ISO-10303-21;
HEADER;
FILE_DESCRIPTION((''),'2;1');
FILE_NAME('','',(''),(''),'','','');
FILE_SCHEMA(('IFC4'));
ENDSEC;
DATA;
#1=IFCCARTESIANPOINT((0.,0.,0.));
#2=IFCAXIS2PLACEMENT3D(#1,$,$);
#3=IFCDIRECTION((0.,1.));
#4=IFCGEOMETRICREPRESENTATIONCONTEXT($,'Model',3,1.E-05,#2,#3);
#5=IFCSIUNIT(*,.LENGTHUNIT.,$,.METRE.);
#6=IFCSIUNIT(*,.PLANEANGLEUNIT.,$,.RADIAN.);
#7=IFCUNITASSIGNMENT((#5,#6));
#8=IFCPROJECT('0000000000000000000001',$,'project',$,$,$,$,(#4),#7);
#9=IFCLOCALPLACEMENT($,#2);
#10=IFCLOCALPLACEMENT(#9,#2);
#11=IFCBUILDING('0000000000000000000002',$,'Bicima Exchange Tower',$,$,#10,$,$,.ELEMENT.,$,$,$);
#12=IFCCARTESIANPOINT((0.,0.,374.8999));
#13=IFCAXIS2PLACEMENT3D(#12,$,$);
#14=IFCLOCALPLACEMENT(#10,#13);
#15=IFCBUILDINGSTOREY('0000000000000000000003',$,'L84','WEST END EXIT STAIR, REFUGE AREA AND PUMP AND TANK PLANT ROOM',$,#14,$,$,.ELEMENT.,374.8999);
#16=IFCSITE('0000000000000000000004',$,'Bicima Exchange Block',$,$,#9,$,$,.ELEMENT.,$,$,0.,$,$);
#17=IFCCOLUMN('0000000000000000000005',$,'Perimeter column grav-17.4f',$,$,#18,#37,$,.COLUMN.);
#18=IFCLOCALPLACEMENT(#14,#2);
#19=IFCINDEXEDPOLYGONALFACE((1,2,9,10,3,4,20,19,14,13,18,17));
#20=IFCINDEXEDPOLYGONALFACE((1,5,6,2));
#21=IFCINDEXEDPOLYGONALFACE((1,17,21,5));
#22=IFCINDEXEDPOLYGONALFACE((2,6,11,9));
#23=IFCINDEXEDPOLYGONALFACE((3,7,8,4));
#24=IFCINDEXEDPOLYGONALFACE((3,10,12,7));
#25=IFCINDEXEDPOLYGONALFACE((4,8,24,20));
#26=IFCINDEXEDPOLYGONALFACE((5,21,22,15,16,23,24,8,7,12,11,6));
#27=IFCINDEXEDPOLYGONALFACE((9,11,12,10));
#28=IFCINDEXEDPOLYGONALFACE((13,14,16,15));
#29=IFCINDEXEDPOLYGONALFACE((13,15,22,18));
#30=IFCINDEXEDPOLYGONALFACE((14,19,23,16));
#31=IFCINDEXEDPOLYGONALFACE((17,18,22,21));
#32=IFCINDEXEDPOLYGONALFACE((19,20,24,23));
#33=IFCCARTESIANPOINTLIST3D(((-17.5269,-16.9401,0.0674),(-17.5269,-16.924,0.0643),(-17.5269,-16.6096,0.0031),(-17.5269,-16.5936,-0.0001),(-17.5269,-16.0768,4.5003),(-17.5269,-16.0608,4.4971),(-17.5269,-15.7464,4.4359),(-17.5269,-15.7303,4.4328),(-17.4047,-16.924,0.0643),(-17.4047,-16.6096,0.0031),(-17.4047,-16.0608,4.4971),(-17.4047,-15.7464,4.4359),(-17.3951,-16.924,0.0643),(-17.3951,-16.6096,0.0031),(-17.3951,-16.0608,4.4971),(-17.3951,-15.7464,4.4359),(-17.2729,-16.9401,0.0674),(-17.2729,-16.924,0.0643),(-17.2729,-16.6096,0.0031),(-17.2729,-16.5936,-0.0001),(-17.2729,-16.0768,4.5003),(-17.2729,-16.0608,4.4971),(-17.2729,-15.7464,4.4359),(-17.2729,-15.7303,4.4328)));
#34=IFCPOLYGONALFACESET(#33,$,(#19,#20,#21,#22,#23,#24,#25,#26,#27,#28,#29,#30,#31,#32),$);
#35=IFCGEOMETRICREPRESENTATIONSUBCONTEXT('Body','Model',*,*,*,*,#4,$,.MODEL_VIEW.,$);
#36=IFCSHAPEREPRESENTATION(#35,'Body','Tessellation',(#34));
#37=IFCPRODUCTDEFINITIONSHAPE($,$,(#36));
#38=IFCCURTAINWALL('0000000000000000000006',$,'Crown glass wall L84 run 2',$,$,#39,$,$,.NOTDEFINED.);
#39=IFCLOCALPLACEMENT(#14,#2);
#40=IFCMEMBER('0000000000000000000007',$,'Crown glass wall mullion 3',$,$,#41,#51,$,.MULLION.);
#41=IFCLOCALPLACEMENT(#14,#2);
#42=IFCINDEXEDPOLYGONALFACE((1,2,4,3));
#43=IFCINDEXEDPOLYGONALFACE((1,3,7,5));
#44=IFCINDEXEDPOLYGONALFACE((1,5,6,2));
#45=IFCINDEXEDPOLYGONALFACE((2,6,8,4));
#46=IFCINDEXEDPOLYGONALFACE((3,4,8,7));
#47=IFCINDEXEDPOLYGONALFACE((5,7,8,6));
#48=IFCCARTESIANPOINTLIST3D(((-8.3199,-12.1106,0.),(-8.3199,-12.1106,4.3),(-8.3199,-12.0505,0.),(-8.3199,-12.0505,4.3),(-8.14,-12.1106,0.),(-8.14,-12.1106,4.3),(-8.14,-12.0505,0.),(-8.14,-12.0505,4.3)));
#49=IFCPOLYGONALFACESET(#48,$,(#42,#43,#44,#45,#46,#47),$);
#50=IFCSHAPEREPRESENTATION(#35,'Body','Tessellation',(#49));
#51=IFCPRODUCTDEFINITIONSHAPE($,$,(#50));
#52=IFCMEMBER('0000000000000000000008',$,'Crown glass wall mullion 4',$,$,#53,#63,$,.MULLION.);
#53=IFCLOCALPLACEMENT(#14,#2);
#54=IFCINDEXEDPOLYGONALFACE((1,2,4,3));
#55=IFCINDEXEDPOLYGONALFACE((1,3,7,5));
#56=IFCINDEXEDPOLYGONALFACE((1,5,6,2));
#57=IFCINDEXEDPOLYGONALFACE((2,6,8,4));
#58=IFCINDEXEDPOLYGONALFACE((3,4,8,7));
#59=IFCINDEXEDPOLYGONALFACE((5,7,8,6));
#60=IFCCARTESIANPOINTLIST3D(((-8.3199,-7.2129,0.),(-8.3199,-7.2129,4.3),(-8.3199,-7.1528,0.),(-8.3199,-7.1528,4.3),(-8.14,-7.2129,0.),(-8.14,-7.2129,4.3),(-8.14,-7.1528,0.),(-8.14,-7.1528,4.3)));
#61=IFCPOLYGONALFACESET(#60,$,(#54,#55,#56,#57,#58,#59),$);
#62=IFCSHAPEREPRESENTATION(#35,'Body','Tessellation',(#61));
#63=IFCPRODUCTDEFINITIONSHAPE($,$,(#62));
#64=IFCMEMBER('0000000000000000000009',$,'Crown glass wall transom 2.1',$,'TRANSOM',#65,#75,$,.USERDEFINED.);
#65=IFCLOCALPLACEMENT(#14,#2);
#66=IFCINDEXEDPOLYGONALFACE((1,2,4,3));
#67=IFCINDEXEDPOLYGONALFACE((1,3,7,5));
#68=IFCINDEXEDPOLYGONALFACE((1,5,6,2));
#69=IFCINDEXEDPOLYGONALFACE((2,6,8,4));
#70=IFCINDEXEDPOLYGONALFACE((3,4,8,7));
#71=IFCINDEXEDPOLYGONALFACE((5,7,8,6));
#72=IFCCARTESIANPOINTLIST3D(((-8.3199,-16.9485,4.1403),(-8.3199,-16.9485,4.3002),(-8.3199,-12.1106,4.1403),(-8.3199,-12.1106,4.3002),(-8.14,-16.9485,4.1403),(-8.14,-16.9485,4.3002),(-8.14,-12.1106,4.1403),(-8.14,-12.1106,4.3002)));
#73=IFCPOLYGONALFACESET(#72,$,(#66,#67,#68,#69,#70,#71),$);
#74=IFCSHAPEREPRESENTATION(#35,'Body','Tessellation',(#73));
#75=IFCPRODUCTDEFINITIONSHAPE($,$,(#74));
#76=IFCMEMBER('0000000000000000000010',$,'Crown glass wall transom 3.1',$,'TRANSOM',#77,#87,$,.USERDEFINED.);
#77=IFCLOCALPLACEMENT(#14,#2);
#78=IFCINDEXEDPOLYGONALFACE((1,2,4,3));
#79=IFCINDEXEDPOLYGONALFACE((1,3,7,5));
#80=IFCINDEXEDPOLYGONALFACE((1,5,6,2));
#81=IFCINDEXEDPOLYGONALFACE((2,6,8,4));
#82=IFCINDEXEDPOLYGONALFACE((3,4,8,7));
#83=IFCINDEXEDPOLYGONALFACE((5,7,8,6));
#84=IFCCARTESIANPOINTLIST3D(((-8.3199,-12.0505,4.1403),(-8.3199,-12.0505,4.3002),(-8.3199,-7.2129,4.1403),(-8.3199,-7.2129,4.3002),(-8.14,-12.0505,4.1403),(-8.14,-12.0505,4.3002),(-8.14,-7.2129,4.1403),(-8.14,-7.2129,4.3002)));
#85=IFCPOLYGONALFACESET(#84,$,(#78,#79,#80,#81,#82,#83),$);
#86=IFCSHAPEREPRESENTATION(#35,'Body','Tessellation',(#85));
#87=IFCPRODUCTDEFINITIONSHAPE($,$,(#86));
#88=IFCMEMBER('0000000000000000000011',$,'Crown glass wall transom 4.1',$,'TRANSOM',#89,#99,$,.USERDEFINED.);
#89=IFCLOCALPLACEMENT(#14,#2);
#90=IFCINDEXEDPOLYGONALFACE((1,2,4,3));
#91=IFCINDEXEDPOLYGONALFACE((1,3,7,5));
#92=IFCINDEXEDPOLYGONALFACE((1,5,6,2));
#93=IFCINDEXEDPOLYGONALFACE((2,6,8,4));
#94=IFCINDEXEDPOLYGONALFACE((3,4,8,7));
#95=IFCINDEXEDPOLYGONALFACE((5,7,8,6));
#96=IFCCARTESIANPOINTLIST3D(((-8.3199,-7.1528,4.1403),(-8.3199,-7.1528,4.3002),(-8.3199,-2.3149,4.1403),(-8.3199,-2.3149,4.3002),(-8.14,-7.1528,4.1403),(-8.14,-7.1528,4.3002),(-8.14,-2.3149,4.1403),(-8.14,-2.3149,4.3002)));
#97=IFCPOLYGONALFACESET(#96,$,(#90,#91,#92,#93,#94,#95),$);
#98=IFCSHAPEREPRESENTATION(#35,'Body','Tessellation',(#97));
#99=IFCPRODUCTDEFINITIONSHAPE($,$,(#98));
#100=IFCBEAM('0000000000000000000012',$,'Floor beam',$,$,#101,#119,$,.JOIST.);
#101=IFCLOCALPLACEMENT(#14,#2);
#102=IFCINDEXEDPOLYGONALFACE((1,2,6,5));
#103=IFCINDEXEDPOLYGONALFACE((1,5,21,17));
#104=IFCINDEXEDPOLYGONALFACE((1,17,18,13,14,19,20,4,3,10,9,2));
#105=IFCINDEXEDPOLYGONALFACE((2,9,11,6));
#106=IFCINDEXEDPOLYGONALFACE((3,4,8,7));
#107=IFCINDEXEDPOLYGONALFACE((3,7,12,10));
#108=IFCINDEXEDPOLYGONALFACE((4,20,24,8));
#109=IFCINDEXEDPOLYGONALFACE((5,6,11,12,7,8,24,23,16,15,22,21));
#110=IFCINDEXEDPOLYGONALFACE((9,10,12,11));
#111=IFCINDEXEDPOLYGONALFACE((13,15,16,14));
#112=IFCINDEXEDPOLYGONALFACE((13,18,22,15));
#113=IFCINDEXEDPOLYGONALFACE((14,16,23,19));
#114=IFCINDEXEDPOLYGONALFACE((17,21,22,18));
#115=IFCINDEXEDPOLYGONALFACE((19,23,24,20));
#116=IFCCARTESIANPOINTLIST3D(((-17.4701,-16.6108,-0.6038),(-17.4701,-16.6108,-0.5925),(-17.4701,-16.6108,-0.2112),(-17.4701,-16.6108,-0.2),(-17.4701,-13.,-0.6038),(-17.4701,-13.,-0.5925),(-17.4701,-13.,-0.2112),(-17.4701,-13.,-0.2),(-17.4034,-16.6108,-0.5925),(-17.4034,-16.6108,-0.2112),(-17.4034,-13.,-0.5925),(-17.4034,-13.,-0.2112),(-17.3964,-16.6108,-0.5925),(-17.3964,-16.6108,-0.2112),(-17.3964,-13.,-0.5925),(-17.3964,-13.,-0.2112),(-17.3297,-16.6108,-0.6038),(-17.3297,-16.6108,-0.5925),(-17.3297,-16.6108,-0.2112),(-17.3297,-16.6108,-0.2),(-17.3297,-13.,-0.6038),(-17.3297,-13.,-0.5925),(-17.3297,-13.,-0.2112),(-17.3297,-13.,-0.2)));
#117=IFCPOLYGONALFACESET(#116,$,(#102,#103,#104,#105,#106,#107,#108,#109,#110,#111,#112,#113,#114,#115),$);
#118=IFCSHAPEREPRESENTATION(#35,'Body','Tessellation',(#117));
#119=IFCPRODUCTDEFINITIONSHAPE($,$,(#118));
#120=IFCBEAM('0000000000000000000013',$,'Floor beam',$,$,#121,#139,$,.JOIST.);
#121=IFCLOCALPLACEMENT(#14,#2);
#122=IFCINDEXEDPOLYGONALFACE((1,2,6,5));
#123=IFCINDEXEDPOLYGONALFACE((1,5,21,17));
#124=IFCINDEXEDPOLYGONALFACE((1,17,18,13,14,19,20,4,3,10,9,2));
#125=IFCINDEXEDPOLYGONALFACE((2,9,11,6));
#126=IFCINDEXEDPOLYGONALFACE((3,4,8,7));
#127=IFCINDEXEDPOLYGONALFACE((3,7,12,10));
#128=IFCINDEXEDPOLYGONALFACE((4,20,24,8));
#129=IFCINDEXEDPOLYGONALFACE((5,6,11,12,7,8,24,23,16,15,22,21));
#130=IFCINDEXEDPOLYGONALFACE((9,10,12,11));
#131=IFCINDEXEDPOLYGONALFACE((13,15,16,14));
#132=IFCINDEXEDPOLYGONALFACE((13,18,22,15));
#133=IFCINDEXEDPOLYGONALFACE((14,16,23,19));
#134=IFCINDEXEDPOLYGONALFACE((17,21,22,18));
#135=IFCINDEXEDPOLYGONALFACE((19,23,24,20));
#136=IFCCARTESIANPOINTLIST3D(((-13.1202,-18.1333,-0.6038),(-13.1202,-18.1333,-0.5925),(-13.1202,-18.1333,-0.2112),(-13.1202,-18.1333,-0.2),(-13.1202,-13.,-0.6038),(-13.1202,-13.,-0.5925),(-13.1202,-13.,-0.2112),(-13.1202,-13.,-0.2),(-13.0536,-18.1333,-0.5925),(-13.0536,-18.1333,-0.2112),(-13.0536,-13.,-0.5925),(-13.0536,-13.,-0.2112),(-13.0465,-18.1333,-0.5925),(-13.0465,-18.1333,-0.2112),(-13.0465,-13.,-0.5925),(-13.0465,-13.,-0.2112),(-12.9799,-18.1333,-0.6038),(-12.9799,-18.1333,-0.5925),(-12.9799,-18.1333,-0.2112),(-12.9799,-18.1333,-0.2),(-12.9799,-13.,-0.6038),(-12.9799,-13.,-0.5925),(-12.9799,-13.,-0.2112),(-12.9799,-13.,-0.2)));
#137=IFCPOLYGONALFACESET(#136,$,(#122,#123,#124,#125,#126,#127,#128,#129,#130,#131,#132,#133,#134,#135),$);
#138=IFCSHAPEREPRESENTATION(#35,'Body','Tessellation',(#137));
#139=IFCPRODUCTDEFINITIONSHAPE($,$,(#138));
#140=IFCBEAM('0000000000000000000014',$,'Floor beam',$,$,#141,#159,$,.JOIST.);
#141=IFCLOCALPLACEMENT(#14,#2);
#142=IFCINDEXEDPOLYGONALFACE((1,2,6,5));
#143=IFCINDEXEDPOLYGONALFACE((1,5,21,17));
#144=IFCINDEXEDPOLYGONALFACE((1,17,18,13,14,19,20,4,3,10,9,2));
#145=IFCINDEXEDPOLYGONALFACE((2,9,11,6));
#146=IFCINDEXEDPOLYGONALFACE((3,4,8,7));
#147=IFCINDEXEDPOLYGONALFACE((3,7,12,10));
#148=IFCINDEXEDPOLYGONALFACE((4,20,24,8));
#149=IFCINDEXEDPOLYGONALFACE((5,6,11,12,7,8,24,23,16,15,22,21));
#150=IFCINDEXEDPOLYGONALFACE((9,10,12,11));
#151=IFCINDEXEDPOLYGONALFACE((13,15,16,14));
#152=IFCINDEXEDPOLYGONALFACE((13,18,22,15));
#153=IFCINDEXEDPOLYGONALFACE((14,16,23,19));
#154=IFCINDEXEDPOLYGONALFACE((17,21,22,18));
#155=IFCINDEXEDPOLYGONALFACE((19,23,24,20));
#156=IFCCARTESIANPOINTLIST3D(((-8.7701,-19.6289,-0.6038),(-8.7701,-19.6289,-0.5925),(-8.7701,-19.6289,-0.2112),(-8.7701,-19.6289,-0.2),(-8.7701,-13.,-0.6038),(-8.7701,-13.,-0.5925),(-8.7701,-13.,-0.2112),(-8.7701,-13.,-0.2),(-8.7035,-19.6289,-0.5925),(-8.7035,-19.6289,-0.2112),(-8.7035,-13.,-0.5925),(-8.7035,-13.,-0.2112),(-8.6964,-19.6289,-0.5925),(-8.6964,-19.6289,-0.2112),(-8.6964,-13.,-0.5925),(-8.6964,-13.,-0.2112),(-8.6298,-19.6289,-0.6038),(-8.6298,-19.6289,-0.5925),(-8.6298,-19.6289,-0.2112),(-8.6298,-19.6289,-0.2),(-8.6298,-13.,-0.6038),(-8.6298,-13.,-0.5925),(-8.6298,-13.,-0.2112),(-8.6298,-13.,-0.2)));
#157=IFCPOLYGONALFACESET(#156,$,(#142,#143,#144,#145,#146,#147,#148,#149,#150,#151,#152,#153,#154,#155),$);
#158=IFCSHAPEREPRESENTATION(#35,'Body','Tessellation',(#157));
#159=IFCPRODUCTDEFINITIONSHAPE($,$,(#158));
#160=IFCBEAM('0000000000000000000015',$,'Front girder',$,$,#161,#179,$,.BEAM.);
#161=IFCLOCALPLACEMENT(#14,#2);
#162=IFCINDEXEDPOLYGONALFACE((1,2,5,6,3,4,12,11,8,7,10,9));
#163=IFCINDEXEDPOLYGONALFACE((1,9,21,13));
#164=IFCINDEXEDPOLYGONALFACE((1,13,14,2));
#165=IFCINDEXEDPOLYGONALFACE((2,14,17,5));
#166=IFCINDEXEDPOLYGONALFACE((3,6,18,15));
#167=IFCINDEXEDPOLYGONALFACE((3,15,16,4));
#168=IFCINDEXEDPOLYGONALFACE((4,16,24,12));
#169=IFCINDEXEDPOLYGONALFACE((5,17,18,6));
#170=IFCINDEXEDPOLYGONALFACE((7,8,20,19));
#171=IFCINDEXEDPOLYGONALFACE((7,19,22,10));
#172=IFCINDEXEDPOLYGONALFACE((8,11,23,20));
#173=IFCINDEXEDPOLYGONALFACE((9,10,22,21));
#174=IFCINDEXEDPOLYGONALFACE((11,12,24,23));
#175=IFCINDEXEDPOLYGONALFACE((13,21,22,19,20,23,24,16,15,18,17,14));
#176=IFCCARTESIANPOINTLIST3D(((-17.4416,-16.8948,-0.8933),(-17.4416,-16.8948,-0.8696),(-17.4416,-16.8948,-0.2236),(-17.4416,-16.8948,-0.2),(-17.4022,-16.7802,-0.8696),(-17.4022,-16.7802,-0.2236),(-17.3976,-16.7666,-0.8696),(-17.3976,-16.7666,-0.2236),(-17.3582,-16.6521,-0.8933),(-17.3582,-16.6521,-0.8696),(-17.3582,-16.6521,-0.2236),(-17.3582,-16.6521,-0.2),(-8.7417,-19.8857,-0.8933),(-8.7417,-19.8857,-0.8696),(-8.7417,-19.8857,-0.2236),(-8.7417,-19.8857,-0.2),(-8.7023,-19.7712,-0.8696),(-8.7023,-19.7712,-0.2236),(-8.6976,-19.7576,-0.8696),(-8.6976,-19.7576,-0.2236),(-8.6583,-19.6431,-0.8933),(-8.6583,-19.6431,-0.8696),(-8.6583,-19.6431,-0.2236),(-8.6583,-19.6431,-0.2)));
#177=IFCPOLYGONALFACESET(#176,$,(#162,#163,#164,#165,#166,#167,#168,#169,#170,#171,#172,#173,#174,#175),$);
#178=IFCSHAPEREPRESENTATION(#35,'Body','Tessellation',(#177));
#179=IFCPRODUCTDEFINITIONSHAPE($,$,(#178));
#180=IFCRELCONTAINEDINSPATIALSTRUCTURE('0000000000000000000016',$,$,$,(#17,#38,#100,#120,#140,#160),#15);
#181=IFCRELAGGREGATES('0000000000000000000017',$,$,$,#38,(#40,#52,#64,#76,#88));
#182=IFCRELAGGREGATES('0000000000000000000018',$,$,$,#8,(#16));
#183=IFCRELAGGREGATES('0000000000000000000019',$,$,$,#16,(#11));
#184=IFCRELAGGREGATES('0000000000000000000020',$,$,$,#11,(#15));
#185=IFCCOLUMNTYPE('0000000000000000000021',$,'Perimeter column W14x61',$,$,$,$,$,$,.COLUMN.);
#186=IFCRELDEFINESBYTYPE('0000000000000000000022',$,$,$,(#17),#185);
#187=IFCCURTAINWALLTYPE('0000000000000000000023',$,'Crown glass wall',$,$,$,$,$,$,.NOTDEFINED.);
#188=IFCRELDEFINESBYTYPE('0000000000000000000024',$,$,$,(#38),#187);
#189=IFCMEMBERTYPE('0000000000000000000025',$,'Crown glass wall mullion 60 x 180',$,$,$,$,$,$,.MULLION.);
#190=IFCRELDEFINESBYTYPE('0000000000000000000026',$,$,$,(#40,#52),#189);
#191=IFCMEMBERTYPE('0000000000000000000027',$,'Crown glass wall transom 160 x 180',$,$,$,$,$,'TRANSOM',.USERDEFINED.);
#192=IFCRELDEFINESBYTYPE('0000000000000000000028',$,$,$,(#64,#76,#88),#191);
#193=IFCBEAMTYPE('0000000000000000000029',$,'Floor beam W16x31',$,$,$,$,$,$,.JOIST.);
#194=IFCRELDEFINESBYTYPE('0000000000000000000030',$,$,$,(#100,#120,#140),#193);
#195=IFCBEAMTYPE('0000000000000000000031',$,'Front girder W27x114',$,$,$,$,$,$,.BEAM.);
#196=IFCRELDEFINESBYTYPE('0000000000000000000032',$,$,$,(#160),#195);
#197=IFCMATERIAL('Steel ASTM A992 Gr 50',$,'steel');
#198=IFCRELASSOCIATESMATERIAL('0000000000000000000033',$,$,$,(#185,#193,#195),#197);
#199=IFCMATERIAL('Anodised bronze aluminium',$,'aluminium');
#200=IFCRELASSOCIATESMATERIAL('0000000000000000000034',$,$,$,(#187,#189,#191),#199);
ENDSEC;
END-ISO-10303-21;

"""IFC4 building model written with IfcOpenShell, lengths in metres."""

from ifc_helpers import new_model, si_unit, direction, frame, origin, origin_2d, place, context, subcontext, project, spatial, rectangle, i_section, extrude, material, material_profile, profile_set, type_object, element, aggregate, save


model = new_model("IFC4")

# Units and contexts
model_context = context("Model", 3, precision=1e-05, world=origin(), true_north=direction((0.0, 1.0)))
body_context = subcontext(model_context, "Body", "Model", "MODEL_VIEW")
ifc_project = project(units=[si_unit("LENGTHUNIT", "METRE"), si_unit("PLANEANGLEUNIT", "RADIAN")], contexts=[model_context])

# Site, building, storey
site_placement = place(None, origin())
site = spatial("IfcSite", under=ifc_project, at=site_placement, Name="Bicima Exchange Block", CompositionType="ELEMENT", RefElevation=0.0)
building_placement = place(site_placement, origin())
building = spatial("IfcBuilding", under=site, at=building_placement, Name="Bicima Exchange Tower", CompositionType="ELEMENT")
storey_placement = place(building_placement, frame((0.0, 0.0, 374.8999)))
storey = spatial("IfcBuildingStorey", under=building, at=storey_placement, Name="L84", Description="WEST END EXIT STAIR, REFUGE AREA AND PUMP AND TANK PLANT ROOM", CompositionType="ELEMENT", Elevation=374.8999)

# Column
ifc_material_1 = material(Name="Steel ASTM A992 Gr 50", Category="steel")
ifc_material_profile_1 = material_profile(ifc_material_1, i_section(OverallWidth=0.2539, OverallDepth=0.353, WebThickness=0.0095, FlangeThickness=0.0164, at=origin_2d()))
ifc_profile_set_1 = profile_set([ifc_material_profile_1], Name="Steel ASTM A992 Gr 50")
column_type = type_object("IfcColumnType", Name="Perimeter column W14x61", PredefinedType="COLUMN", material=ifc_profile_set_1)
column_placement = place(storey_placement, frame((-17.3999, -16.7668, 0.0337), z_axis=(0.0, 0.191155, 0.98156), x_axis=(-1.0, 0.0, 0.0)))
element("IfcColumn", 1, at=column_placement, inside=storey, type_object=column_type, Name="Perimeter column grav-17.4f", PredefinedType="COLUMN", context=body_context, shape_type="SweptSolid", body=[
    extrude(i_section(OverallWidth=0.2539, OverallDepth=0.353, WebThickness=0.0095, FlangeThickness=0.0164, at=origin_2d()), origin(), (0.0, 0.0, 1.0), 4.5161),
])

# Curtain wall, members
ifc_material_2 = material(Name="Anodised bronze aluminium", Category="aluminium")
curtain_wall_type = type_object("IfcCurtainWallType", Name="Crown glass wall", PredefinedType="NOTDEFINED", material=ifc_material_2)
curtain_wall_placement = place(storey_placement, origin())
curtain_wall = element("IfcCurtainWall", 2, at=curtain_wall_placement, inside=storey, type_object=curtain_wall_type, Name="Crown glass wall L84 run 2", PredefinedType="NOTDEFINED")
ifc_material_profile_2 = material_profile(ifc_material_2, rectangle(XDim=0.1799, YDim=0.0601, at=origin_2d()))
ifc_profile_set_2 = profile_set([ifc_material_profile_2], Name="Anodised bronze aluminium")
member_type_1 = type_object("IfcMemberType", Name="Crown glass wall mullion 60 x 180", PredefinedType="MULLION", material=ifc_profile_set_2)
member_1_placement = place(storey_placement, frame((-8.23, -12.0806, 0.0), z_axis=(0.0, 0.0, 1.0), x_axis=(-1.0, 0.0, 0.0)))
member_1 = element("IfcMember", 3, at=member_1_placement, type_object=member_type_1, Name="Crown glass wall mullion 3", PredefinedType="MULLION", context=body_context, shape_type="SweptSolid", body=[
    extrude(rectangle(XDim=0.1799, YDim=0.0601, at=origin_2d()), origin(), (0.0, 0.0, 1.0), 4.3),
])
member_2_placement = place(storey_placement, frame((-8.23, -7.1829, 0.0), z_axis=(0.0, 0.0, 1.0), x_axis=(-1.0, 0.0, 0.0)))
member_2 = element("IfcMember", 4, at=member_2_placement, type_object=member_type_1, Name="Crown glass wall mullion 4", PredefinedType="MULLION", context=body_context, shape_type="SweptSolid", body=[
    extrude(rectangle(XDim=0.1799, YDim=0.0601, at=origin_2d()), origin(), (0.0, 0.0, 1.0), 4.3),
])
ifc_material_profile_3 = material_profile(ifc_material_2, rectangle(XDim=0.1799, YDim=0.1599, at=origin_2d()))
ifc_profile_set_3 = profile_set([ifc_material_profile_3], Name="Anodised bronze aluminium")
member_type_2 = type_object("IfcMemberType", Name="Crown glass wall transom 160 x 180", ElementType="TRANSOM", PredefinedType="USERDEFINED", material=ifc_profile_set_3)
member_3_placement = place(storey_placement, frame((-8.23, -16.9485, 4.2202), z_axis=(0.0, 1.0, 0.0), x_axis=(-1.0, 0.0, 0.0)))
member_3 = element("IfcMember", 5, at=member_3_placement, type_object=member_type_2, Name="Crown glass wall transom 2.1", ObjectType="TRANSOM", PredefinedType="USERDEFINED", context=body_context, shape_type="SweptSolid", body=[
    extrude(rectangle(XDim=0.1799, YDim=0.1599, at=origin_2d()), origin(), (0.0, 0.0, 1.0), 4.8379),
])
member_4_placement = place(storey_placement, frame((-8.23, -12.0505, 4.2202), z_axis=(0.0, 1.0, 0.0), x_axis=(-1.0, 0.0, 0.0)))
member_4 = element("IfcMember", 6, at=member_4_placement, type_object=member_type_2, Name="Crown glass wall transom 3.1", ObjectType="TRANSOM", PredefinedType="USERDEFINED", context=body_context, shape_type="SweptSolid", body=[
    extrude(rectangle(XDim=0.1799, YDim=0.1599, at=origin_2d()), origin(), (0.0, 0.0, 1.0), 4.8376),
])
member_5_placement = place(storey_placement, frame((-8.23, -7.1528, 4.2202), z_axis=(0.0, 1.0, 0.0), x_axis=(-1.0, 0.0, 0.0)))
member_5 = element("IfcMember", 7, at=member_5_placement, type_object=member_type_2, Name="Crown glass wall transom 4.1", ObjectType="TRANSOM", PredefinedType="USERDEFINED", context=body_context, shape_type="SweptSolid", body=[
    extrude(rectangle(XDim=0.1799, YDim=0.1599, at=origin_2d()), origin(), (0.0, 0.0, 1.0), 4.8379),
])

# Beams
ifc_material_profile_4 = material_profile(ifc_material_1, i_section(OverallWidth=0.1404, OverallDepth=0.4038, WebThickness=0.0071, FlangeThickness=0.0112, at=origin_2d()))
ifc_profile_set_4 = profile_set([ifc_material_profile_4], Name="Steel ASTM A992 Gr 50")
beam_type_1 = type_object("IfcBeamType", Name="Floor beam W16x31", PredefinedType="JOIST", material=ifc_profile_set_4)
beam_1_placement = place(storey_placement, frame((-17.3999, -13.0, -0.4019), z_axis=(0.0, -1.0, 0.0), x_axis=(1.0, 0.0, 0.0)))
element("IfcBeam", 8, at=beam_1_placement, inside=storey, type_object=beam_type_1, Name="Floor beam", PredefinedType="JOIST", context=body_context, shape_type="SweptSolid", body=[
    extrude(i_section(OverallWidth=0.1404, OverallDepth=0.4038, WebThickness=0.0071, FlangeThickness=0.0112, at=origin_2d()), origin(), (0.0, 0.0, 1.0), 3.6108),
])
beam_2_placement = place(storey_placement, frame((-13.05, -13.0, -0.4019), z_axis=(0.0, -1.0, 0.0), x_axis=(1.0, 0.0, 0.0)))
element("IfcBeam", 9, at=beam_2_placement, inside=storey, type_object=beam_type_1, Name="Floor beam", PredefinedType="JOIST", context=body_context, shape_type="SweptSolid", body=[
    extrude(i_section(OverallWidth=0.1404, OverallDepth=0.4038, WebThickness=0.0071, FlangeThickness=0.0112, at=origin_2d()), origin(), (0.0, 0.0, 1.0), 5.1333),
])
beam_3_placement = place(storey_placement, frame((-8.7, -13.0, -0.4019), z_axis=(0.0, -1.0, 0.0), x_axis=(1.0, 0.0, 0.0)))
element("IfcBeam", 10, at=beam_3_placement, inside=storey, type_object=beam_type_1, Name="Floor beam", PredefinedType="JOIST", context=body_context, shape_type="SweptSolid", body=[
    extrude(i_section(OverallWidth=0.1404, OverallDepth=0.4038, WebThickness=0.0071, FlangeThickness=0.0112, at=origin_2d()), origin(), (0.0, 0.0, 1.0), 6.6289),
])
ifc_material_profile_5 = material_profile(ifc_material_1, i_section(OverallWidth=0.2566, OverallDepth=0.6934, WebThickness=0.0144, FlangeThickness=0.0237, at=origin_2d()))
ifc_profile_set_5 = profile_set([ifc_material_profile_5], Name="Steel ASTM A992 Gr 50")
beam_type_2 = type_object("IfcBeamType", Name="Front girder W27x114", PredefinedType="BEAM", material=ifc_profile_set_5)
beam_4_placement = place(storey_placement, frame((-17.3999, -16.7734, -0.5466), z_axis=(0.945675, -0.325115, 0.0), x_axis=(0.325115, 0.945675, 0.0)))
element("IfcBeam", 11, at=beam_4_placement, inside=storey, type_object=beam_type_2, Name="Front girder", PredefinedType="BEAM", context=body_context, shape_type="SweptSolid", body=[
    extrude(i_section(OverallWidth=0.2566, OverallDepth=0.6934, WebThickness=0.0144, FlangeThickness=0.0237, at=origin_2d()), origin(), (0.0, 0.0, 1.0), 9.1997),
])

aggregate(curtain_wall, [member_1, member_2, member_3, member_4, member_5])

save(model, "model.ifc")
